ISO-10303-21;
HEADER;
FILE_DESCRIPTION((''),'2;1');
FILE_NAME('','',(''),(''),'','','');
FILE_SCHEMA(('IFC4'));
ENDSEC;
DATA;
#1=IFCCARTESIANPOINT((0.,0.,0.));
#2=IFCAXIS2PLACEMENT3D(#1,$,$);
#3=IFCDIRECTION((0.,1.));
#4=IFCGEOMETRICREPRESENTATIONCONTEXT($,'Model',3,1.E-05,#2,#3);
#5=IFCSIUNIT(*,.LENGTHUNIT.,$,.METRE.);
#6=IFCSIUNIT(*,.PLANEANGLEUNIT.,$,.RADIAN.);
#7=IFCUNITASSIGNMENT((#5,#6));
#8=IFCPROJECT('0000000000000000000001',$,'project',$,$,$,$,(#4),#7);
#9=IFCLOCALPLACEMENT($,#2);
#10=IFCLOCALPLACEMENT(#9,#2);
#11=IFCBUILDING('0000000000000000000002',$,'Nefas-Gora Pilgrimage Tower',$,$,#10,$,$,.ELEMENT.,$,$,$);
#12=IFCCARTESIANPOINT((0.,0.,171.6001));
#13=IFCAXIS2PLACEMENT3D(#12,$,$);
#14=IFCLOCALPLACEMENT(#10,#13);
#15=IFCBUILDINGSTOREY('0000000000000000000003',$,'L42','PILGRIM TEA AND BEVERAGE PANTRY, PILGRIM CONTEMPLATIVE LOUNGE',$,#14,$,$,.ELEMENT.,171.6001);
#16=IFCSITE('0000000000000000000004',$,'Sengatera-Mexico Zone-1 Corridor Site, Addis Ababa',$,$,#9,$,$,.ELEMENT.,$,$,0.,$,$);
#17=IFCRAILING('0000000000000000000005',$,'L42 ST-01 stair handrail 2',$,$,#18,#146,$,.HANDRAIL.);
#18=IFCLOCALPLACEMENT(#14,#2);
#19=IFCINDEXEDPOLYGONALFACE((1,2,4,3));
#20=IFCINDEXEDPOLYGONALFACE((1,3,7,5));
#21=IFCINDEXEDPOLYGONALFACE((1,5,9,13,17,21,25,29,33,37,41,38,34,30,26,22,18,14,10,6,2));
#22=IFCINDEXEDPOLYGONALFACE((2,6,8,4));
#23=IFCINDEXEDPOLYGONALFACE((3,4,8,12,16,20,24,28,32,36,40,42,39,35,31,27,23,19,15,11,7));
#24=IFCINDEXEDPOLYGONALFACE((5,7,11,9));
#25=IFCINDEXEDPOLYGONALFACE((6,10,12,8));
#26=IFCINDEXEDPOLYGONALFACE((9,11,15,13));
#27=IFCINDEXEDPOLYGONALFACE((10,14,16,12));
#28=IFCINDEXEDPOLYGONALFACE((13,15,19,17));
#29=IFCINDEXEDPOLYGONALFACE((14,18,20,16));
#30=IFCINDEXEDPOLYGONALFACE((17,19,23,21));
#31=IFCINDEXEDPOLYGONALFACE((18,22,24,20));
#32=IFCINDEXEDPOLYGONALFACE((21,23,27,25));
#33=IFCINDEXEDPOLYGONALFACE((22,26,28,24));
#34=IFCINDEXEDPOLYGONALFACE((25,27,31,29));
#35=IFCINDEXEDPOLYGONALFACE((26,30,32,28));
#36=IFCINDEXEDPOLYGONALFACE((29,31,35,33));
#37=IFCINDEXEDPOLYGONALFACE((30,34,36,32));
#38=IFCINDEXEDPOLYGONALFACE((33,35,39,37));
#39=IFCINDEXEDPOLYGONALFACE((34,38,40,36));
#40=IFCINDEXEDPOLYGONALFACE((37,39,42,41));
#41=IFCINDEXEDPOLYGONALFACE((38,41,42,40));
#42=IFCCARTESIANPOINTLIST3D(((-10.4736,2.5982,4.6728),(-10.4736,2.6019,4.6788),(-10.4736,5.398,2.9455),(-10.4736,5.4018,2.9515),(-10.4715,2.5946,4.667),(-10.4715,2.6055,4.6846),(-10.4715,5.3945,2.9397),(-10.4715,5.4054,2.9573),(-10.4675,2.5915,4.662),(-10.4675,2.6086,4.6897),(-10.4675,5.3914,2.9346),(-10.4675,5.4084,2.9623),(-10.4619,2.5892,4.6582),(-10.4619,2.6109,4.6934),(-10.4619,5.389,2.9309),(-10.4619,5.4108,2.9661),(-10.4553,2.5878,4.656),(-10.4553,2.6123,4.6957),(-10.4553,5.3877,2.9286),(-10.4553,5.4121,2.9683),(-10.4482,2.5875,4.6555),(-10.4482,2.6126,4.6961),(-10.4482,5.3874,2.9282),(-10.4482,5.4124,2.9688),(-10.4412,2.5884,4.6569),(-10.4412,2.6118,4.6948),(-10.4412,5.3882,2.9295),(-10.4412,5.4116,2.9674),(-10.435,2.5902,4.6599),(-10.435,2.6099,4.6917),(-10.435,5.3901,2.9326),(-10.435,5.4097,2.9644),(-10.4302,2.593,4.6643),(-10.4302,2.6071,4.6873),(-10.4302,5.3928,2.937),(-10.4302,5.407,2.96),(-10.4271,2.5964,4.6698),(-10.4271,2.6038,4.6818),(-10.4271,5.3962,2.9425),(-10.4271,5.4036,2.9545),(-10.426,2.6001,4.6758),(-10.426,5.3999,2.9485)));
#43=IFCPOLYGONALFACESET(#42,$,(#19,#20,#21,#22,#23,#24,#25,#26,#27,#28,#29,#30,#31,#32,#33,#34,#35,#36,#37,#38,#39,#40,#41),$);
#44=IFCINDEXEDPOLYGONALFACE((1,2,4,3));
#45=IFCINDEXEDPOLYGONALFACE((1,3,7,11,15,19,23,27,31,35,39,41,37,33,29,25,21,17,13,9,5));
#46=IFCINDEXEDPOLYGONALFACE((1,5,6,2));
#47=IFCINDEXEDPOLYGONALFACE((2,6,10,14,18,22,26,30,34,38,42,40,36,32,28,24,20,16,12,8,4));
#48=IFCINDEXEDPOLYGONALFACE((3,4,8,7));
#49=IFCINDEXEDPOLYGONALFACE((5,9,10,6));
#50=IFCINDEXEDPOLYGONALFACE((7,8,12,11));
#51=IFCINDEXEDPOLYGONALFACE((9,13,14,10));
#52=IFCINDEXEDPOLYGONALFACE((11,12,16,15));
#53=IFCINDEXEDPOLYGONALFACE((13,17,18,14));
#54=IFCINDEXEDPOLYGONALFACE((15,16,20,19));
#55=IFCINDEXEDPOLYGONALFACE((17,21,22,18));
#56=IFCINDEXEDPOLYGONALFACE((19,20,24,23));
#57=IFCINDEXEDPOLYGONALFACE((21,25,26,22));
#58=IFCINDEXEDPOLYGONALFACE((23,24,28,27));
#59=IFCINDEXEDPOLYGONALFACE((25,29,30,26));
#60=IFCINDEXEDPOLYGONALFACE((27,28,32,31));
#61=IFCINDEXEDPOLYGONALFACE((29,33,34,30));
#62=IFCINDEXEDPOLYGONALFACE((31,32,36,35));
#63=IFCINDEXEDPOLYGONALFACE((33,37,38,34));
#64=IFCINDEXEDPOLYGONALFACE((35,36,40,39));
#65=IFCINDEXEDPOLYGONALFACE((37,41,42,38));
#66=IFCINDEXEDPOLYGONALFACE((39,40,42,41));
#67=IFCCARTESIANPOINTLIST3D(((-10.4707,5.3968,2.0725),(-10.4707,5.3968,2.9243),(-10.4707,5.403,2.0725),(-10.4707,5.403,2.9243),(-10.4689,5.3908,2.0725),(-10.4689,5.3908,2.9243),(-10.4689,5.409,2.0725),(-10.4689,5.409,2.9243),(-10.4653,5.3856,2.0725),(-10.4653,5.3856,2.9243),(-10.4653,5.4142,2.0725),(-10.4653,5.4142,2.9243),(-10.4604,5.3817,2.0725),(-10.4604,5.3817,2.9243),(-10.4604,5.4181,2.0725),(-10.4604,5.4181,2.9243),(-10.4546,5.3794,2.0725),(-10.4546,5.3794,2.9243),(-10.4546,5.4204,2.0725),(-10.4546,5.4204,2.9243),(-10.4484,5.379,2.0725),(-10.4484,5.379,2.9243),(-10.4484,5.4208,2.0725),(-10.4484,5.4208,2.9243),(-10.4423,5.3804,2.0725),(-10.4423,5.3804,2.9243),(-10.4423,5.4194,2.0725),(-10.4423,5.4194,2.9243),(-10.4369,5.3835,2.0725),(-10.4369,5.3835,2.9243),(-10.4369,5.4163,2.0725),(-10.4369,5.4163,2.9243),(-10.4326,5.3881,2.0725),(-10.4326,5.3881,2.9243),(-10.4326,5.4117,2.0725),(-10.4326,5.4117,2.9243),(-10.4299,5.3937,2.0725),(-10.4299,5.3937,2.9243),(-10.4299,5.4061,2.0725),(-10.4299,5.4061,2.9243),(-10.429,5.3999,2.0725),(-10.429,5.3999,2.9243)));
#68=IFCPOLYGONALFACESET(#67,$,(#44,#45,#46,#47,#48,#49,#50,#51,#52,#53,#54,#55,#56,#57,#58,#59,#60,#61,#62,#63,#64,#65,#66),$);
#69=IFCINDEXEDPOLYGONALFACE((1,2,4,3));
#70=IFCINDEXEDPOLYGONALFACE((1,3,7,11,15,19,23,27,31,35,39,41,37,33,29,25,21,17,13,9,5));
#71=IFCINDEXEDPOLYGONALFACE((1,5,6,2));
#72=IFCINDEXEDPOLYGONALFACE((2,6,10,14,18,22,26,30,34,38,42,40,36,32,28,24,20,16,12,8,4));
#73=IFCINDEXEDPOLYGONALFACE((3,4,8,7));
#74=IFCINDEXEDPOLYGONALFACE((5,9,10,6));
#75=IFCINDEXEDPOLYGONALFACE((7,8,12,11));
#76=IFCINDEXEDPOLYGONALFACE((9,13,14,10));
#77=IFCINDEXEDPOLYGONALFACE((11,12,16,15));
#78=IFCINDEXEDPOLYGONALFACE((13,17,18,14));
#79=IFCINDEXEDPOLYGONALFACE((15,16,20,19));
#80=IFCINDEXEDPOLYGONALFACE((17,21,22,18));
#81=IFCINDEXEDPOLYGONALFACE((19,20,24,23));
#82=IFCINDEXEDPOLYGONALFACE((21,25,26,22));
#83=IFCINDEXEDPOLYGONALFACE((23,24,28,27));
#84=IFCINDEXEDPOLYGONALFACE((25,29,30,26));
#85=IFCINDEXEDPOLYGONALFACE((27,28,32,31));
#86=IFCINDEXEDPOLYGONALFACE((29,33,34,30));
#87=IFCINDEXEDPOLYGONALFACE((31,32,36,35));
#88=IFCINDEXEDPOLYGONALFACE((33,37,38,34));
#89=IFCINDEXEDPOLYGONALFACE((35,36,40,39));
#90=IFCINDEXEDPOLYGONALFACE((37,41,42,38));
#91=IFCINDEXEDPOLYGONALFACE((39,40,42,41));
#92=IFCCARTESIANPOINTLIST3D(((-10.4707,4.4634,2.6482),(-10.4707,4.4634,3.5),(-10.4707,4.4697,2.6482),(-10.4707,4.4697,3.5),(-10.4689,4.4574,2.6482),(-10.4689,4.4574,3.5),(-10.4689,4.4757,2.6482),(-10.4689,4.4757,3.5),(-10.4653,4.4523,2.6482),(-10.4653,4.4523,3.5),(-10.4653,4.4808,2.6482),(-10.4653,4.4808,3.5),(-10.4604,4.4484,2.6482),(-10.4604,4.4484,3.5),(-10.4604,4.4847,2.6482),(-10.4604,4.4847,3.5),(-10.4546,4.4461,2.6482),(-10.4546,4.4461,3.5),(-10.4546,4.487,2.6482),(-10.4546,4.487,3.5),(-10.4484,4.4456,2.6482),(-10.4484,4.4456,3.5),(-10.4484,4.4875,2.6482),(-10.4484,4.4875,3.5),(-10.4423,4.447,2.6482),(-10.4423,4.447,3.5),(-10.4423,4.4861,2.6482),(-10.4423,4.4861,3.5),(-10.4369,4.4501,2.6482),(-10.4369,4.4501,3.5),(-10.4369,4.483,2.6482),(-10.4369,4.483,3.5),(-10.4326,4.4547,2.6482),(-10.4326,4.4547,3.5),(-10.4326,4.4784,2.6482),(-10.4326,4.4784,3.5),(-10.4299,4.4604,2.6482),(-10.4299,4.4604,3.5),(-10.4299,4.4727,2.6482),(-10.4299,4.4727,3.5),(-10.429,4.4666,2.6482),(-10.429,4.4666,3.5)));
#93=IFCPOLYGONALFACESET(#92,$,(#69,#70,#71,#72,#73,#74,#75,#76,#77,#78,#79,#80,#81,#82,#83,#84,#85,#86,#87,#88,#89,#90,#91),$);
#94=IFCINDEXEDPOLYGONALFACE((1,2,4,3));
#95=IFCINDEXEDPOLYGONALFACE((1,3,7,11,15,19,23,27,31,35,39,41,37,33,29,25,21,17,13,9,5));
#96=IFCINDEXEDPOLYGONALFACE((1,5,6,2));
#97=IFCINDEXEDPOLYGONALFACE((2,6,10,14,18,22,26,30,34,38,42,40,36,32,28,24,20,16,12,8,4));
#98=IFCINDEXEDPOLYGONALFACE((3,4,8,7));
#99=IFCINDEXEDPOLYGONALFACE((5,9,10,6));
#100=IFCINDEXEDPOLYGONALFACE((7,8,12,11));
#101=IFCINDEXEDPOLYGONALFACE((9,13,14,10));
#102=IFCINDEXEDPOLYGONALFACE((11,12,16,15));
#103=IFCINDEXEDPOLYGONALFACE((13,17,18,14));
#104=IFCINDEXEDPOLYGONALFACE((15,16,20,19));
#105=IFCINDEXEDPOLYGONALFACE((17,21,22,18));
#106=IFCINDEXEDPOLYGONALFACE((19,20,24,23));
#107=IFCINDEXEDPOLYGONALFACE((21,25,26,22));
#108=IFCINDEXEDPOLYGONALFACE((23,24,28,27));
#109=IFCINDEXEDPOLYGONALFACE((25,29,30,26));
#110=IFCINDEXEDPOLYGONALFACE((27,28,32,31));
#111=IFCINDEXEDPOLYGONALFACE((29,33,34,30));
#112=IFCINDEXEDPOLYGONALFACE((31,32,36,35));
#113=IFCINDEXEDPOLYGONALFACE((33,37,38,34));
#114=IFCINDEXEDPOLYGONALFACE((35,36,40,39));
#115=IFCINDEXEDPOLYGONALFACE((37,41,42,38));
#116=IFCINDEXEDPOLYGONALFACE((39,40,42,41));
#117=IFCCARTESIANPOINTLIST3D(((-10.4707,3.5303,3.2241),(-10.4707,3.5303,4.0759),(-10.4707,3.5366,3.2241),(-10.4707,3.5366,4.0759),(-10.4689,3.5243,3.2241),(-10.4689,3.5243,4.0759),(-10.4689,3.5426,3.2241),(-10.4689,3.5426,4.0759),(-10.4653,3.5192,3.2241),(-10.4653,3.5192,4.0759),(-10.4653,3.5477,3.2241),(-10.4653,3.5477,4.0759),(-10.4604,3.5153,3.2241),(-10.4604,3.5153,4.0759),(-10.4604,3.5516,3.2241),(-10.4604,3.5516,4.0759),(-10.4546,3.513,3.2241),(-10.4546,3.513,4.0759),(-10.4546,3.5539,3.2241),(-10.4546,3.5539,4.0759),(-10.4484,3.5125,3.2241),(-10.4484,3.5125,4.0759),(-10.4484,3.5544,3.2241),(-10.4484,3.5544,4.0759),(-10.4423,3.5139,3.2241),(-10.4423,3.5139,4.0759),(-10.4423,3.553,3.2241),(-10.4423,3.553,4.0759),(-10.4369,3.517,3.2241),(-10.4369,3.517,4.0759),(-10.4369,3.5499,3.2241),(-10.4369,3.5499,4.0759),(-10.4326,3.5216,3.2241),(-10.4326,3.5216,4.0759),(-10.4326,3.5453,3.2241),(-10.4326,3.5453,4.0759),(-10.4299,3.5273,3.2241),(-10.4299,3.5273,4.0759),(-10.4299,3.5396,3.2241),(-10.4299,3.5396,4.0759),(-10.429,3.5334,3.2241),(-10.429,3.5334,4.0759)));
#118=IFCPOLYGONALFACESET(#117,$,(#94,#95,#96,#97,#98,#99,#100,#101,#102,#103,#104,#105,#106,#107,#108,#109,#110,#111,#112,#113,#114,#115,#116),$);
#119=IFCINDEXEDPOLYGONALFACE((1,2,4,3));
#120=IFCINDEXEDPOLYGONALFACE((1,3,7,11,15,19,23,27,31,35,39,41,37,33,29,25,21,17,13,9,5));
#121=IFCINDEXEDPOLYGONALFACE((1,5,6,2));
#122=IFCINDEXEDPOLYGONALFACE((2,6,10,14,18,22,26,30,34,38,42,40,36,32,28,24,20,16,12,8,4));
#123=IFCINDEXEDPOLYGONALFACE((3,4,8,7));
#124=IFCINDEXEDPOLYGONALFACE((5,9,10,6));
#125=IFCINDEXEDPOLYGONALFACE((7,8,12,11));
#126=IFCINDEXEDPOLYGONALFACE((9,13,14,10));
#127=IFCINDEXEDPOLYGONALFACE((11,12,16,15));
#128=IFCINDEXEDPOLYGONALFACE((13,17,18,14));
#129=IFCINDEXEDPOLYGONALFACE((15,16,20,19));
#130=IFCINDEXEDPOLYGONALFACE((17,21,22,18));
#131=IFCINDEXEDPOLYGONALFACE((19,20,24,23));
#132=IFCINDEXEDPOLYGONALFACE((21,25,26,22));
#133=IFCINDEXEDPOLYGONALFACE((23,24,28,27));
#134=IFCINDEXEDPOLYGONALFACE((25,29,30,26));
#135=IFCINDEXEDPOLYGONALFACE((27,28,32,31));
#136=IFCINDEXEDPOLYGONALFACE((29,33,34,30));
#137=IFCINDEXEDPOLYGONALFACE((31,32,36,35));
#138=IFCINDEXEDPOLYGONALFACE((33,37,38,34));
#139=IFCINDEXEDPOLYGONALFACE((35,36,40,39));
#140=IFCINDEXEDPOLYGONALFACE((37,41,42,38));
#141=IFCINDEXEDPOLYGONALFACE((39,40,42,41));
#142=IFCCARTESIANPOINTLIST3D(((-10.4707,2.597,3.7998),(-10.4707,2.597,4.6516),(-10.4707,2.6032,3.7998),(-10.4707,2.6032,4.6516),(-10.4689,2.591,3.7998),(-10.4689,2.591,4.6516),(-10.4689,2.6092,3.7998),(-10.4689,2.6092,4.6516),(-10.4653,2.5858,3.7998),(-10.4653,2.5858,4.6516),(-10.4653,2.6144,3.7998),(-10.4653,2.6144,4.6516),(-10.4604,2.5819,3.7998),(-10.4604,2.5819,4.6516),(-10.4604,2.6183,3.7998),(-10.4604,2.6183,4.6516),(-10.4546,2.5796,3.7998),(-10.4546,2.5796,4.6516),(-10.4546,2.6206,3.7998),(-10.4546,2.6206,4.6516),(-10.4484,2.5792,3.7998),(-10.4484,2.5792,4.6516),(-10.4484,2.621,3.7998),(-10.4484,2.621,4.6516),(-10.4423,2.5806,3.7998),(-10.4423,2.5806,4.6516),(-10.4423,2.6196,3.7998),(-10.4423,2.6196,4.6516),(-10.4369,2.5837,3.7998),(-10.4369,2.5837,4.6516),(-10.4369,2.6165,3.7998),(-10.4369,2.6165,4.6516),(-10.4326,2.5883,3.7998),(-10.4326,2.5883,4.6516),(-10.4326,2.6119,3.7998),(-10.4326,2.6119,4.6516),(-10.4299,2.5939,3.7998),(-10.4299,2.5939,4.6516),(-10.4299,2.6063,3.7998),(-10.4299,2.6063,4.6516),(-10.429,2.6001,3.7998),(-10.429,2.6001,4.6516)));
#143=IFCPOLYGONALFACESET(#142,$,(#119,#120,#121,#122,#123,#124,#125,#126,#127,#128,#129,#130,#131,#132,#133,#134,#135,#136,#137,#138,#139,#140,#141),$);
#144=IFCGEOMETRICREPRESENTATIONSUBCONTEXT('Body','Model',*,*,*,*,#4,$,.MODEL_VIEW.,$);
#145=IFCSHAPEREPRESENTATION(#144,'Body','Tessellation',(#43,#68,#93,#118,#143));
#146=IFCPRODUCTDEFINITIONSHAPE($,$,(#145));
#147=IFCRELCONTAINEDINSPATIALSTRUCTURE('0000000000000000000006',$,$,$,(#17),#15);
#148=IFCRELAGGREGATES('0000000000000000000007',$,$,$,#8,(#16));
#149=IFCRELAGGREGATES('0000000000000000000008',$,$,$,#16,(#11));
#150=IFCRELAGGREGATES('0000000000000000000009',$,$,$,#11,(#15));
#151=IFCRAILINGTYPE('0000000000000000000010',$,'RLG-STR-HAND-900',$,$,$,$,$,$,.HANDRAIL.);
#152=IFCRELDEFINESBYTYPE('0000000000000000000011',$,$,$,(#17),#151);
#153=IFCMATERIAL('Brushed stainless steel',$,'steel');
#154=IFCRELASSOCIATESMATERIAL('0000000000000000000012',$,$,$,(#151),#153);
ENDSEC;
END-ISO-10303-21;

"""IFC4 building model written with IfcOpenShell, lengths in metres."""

from ifc_helpers import new_model, si_unit, direction, frame, origin, origin_2d, place, context, subcontext, project, spatial, circle, extrude, material, type_object, element, save


model = new_model("IFC4")

# Units and contexts
model_context = context("Model", 3, precision=1e-05, world=origin(), true_north=direction((0.0, 1.0)))
body_context = subcontext(model_context, "Body", "Model", "MODEL_VIEW")
ifc_project = project(units=[si_unit("LENGTHUNIT", "METRE"), si_unit("PLANEANGLEUNIT", "RADIAN")], contexts=[model_context])

# Site, building, storey
site_placement = place(None, origin())
site = spatial("IfcSite", under=ifc_project, at=site_placement, Name="Sengatera-Mexico Zone-1 Corridor Site, Addis Ababa", CompositionType="ELEMENT", RefElevation=0.0)
building_placement = place(site_placement, origin())
building = spatial("IfcBuilding", under=site, at=building_placement, Name="Nefas-Gora Pilgrimage Tower", CompositionType="ELEMENT")
storey_placement = place(building_placement, frame((0.0, 0.0, 171.6001)))
storey = spatial("IfcBuildingStorey", under=building, at=storey_placement, Name="L42", Description="PILGRIM TEA AND BEVERAGE PANTRY, PILGRIM CONTEMPLATIVE LOUNGE", CompositionType="ELEMENT", Elevation=171.6001)

# Railing
ifc_material_1 = material(Name="Brushed stainless steel", Category="steel")
railing_type_1 = type_object("IfcRailingType", Name="RLG-STR-HAND-900", PredefinedType="HANDRAIL", material=ifc_material_1)
railing_1_placement = place(storey_placement, frame((-10.45, 5.3999, 2.0725)))
element("IfcRailing", 1, at=railing_1_placement, inside=storey, type_object=railing_type_1, Name="L42 ST-01 stair handrail 2", PredefinedType="HANDRAIL", context=body_context, shape_type="SweptSolid", body=[
    extrude(circle(Radius=0.0239, at=origin_2d()), frame((0.0, 0.0, 0.876), z_axis=(0.0, -0.851069, 0.525054), x_axis=(1.0, 0.0, 0.0)), (0.0, 0.0, 1.0), 3.2898),
    extrude(circle(Radius=0.021, at=origin_2d()), origin(), (0.0, 0.0, 1.0), 0.8518),
    extrude(circle(Radius=0.021, at=origin_2d()), frame((0.0, -0.9333, 0.5757)), (0.0, 0.0, 1.0), 0.8518),
    extrude(circle(Radius=0.021, at=origin_2d()), frame((0.0, -1.8665, 1.1516)), (0.0, 0.0, 1.0), 0.8518),
    extrude(circle(Radius=0.021, at=origin_2d()), frame((0.0, -2.7998, 1.7273)), (0.0, 0.0, 1.0), 0.8518),
])

save(model, "model.ifc")
